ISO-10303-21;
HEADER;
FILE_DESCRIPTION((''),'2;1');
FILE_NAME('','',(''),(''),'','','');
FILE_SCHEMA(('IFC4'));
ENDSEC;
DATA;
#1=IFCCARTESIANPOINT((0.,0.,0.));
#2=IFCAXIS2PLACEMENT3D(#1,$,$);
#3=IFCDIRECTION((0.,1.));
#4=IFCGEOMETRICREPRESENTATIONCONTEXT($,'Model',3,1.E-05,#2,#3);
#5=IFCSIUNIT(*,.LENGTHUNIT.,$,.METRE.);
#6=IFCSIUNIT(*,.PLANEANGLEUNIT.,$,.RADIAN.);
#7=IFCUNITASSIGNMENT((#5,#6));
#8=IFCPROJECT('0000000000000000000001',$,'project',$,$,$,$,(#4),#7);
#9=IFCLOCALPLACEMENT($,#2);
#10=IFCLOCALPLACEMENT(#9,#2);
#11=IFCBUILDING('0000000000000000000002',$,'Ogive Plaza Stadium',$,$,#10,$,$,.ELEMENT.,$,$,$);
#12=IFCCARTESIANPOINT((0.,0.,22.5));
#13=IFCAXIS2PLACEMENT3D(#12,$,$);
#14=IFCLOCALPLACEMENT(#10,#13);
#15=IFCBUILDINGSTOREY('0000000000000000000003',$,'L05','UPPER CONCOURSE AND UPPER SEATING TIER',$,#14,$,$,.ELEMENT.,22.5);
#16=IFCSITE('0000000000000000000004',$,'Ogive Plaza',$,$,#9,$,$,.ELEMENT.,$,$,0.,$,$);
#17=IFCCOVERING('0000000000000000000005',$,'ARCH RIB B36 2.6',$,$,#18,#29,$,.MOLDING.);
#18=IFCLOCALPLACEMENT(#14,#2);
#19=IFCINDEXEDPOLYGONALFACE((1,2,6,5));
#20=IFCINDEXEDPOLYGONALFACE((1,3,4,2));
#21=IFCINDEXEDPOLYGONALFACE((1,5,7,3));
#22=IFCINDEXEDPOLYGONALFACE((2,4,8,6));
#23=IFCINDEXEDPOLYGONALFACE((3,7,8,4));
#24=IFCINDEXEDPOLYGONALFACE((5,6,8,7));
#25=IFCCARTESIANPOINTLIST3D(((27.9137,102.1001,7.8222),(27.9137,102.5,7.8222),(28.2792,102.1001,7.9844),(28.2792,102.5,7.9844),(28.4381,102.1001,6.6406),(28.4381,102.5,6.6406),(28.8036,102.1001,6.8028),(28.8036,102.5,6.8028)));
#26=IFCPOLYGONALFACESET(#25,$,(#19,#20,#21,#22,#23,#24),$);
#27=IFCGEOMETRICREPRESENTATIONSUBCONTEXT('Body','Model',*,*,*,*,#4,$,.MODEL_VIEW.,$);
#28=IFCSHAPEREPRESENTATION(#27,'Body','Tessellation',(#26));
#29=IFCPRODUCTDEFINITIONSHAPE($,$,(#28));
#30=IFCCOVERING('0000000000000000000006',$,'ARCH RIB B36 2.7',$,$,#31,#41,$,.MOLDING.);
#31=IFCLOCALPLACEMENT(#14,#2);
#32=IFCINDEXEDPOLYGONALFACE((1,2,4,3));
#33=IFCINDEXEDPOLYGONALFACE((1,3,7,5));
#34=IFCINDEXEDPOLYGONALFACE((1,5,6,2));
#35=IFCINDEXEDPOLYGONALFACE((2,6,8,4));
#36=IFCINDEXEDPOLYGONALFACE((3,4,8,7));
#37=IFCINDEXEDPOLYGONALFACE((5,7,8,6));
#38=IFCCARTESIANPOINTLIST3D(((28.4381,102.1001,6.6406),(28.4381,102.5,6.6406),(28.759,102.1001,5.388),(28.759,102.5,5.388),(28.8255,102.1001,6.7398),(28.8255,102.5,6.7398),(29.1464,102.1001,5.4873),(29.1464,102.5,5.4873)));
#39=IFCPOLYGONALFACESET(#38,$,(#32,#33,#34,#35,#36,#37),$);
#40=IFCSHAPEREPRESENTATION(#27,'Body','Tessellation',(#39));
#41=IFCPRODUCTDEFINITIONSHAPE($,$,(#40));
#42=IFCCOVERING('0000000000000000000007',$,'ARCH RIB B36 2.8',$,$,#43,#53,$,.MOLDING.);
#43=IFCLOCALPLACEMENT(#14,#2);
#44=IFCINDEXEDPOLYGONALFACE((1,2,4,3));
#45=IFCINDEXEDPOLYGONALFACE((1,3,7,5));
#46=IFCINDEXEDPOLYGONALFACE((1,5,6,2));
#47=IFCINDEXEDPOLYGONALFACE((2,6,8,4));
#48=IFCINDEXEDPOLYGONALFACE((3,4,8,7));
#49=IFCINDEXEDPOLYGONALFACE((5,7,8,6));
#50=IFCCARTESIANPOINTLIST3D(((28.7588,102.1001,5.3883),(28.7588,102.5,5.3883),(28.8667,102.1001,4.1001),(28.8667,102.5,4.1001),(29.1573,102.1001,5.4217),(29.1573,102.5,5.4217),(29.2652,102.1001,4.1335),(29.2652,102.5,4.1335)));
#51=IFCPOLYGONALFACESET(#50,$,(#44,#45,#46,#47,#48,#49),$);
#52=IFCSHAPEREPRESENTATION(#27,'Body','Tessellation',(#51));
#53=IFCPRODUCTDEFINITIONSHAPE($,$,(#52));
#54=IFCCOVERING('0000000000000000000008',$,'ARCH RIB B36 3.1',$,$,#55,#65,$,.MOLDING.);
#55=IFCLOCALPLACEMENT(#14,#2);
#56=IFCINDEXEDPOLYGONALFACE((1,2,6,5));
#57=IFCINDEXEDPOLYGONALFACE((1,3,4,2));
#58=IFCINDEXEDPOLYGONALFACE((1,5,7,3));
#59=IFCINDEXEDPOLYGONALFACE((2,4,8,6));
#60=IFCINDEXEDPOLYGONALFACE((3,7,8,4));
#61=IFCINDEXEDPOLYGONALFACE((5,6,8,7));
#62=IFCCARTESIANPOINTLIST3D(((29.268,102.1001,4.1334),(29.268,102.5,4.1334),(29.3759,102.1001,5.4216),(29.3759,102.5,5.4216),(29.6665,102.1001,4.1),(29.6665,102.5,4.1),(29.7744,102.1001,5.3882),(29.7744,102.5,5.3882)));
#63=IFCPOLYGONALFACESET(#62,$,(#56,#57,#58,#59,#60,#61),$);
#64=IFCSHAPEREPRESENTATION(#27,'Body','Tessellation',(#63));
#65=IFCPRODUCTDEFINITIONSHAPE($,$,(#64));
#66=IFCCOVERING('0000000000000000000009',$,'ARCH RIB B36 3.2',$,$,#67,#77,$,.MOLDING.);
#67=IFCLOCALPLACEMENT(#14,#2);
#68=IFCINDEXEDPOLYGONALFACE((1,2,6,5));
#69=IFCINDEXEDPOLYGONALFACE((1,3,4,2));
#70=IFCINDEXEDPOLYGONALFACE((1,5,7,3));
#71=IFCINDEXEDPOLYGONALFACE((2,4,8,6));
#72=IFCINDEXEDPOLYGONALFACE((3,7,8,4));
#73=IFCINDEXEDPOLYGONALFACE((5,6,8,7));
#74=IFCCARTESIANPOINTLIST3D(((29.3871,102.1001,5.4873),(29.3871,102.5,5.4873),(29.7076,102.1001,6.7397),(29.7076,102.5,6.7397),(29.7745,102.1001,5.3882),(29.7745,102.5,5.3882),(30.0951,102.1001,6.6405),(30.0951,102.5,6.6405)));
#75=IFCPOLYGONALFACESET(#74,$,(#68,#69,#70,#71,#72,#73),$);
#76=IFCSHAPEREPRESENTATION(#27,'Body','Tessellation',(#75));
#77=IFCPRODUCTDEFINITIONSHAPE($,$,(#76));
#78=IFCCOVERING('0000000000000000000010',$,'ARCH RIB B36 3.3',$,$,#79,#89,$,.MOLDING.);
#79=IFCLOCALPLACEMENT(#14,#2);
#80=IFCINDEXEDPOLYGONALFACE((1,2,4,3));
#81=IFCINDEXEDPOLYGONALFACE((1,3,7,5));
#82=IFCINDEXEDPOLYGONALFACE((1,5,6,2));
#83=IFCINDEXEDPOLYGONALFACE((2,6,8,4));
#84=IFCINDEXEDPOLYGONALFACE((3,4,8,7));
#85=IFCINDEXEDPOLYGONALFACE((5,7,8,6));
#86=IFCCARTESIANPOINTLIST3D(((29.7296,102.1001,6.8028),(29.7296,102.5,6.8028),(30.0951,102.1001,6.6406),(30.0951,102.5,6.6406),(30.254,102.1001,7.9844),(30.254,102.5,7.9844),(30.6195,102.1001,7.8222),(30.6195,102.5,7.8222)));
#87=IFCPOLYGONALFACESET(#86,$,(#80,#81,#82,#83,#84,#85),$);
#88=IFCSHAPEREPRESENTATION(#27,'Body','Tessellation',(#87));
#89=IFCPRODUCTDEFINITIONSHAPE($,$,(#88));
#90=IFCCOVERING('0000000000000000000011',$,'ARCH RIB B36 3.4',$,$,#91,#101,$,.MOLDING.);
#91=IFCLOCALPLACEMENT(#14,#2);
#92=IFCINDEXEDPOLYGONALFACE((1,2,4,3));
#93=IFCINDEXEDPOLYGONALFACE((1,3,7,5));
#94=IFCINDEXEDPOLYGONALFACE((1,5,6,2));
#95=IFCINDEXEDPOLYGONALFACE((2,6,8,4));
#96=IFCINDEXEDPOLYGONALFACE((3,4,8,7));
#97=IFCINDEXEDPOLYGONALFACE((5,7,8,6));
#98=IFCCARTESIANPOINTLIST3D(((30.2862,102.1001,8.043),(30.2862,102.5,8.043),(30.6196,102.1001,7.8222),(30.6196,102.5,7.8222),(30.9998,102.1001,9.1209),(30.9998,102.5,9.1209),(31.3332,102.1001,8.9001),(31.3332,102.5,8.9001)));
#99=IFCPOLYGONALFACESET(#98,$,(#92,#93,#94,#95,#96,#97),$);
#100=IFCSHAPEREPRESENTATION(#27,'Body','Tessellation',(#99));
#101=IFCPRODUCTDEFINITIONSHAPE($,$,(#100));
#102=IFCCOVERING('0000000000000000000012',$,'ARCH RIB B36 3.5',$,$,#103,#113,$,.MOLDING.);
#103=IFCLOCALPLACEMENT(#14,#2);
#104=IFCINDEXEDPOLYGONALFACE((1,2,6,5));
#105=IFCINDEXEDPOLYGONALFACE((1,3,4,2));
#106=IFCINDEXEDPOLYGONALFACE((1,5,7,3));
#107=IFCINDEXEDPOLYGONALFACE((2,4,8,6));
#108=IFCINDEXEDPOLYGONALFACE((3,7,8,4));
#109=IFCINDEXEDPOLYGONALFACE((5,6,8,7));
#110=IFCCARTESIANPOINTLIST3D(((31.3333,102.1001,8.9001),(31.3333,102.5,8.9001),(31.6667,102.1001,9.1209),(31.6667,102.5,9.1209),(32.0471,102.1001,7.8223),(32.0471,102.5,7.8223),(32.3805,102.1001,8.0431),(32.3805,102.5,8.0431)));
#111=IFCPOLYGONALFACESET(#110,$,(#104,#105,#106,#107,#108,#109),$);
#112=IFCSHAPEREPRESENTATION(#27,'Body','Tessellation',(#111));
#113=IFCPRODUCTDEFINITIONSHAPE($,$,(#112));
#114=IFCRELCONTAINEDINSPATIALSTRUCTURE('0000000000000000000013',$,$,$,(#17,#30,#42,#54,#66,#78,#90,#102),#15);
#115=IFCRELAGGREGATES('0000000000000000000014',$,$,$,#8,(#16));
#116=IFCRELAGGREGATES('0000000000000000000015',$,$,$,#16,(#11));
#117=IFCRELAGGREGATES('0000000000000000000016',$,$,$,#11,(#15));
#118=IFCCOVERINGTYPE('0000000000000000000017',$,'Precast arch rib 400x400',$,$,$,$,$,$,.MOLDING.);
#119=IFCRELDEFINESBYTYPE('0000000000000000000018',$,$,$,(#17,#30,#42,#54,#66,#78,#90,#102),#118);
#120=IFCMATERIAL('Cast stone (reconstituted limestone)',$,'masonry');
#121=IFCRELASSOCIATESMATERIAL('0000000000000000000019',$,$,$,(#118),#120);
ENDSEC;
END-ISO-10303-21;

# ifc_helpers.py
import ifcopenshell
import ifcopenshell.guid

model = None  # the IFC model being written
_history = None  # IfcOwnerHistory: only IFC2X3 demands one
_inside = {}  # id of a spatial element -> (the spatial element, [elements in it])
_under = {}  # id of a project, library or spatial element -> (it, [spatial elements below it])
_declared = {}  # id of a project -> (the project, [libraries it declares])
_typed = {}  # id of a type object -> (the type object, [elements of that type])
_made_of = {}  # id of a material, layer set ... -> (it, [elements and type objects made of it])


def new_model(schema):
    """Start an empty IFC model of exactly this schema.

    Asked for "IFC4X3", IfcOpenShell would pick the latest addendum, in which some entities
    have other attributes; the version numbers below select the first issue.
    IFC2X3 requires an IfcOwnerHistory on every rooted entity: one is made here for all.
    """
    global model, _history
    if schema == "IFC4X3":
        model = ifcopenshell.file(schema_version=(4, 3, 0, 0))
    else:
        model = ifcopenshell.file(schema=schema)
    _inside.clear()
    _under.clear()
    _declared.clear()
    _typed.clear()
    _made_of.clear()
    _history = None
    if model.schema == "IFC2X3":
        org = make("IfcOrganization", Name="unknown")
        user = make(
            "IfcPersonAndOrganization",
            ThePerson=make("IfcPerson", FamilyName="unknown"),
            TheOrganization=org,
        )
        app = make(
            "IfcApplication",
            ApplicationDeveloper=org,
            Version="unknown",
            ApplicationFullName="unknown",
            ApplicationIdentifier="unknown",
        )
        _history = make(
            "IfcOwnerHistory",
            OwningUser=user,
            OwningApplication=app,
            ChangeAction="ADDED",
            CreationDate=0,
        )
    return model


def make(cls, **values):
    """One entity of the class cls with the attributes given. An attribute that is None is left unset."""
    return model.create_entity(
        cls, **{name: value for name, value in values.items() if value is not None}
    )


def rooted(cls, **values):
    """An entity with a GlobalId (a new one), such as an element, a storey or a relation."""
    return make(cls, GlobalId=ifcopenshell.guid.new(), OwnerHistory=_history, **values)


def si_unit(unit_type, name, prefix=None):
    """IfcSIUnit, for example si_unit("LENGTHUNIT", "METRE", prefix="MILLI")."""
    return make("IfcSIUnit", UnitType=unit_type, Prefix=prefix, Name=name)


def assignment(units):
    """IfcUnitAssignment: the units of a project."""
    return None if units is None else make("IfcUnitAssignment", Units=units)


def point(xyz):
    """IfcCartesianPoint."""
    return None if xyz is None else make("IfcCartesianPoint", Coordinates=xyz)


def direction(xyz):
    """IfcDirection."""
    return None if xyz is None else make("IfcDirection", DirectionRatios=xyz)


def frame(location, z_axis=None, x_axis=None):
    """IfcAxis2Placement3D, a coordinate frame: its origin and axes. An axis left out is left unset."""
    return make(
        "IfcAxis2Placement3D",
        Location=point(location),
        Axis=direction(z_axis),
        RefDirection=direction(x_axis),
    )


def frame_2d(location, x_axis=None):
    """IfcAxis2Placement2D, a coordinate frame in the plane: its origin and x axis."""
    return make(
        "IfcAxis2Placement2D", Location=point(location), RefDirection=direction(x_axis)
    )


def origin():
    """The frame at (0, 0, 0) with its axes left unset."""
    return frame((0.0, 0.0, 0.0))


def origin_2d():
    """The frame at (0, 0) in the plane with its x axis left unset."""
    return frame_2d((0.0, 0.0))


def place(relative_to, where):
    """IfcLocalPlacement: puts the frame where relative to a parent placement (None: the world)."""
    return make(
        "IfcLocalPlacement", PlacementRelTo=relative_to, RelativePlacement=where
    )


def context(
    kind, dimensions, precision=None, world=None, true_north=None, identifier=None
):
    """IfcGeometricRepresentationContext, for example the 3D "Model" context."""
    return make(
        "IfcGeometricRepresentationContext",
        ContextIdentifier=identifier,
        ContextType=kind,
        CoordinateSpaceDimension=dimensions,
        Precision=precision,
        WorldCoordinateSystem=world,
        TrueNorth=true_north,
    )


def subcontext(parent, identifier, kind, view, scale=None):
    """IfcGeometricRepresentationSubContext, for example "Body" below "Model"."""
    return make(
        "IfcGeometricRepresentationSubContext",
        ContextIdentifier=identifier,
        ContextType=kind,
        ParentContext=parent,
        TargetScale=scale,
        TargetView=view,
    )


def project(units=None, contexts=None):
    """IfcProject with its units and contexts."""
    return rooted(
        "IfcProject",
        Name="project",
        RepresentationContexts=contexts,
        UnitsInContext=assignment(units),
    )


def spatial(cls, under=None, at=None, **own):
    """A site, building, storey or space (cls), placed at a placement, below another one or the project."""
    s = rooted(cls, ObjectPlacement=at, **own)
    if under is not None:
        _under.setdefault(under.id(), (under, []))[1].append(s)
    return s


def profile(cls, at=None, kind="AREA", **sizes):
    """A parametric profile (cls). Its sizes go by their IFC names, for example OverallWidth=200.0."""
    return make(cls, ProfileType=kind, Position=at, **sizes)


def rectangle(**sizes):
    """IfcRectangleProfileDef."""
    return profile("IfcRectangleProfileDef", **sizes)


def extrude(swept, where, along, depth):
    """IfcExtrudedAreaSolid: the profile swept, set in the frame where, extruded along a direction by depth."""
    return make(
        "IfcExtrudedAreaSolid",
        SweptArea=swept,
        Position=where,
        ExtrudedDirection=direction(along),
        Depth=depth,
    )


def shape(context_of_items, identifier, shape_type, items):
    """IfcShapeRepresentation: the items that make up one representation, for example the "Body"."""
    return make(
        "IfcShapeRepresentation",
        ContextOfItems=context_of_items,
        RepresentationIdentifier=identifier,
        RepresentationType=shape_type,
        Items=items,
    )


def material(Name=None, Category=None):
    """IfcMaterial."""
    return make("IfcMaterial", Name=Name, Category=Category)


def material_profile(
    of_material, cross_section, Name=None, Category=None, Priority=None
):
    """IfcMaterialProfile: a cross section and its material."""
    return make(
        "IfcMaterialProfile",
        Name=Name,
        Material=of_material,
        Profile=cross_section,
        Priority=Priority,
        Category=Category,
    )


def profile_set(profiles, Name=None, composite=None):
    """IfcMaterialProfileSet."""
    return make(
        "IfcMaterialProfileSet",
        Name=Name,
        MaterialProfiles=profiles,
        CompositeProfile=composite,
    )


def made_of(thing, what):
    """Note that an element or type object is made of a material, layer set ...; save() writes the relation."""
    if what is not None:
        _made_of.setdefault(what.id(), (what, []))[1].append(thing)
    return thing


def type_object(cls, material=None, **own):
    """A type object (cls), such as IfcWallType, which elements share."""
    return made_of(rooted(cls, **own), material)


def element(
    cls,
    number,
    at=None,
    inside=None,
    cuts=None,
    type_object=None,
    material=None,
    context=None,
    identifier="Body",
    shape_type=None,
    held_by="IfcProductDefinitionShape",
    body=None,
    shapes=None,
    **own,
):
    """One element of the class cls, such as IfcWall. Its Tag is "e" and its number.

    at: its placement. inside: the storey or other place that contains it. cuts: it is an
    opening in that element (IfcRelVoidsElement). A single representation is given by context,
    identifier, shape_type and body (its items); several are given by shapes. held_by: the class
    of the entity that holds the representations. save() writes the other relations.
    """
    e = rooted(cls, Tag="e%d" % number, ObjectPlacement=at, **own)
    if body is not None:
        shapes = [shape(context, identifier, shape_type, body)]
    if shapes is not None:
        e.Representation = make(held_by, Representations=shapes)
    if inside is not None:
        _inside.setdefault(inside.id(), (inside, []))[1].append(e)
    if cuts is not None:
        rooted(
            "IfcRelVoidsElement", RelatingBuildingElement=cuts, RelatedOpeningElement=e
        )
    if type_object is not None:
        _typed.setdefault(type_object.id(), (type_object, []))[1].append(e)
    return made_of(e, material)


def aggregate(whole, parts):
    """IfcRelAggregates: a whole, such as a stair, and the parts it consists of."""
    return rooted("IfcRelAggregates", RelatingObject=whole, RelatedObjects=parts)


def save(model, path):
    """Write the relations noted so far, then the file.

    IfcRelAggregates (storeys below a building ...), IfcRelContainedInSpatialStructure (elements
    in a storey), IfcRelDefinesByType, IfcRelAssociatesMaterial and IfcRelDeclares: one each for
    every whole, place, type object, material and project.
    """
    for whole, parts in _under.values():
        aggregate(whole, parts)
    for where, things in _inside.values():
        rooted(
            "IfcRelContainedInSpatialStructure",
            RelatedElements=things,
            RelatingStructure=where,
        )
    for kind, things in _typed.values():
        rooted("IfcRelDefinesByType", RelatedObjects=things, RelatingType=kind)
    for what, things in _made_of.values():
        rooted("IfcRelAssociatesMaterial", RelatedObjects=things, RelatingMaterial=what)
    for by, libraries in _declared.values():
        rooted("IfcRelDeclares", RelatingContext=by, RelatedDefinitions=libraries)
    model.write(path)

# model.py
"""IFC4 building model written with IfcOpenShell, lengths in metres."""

from ifc_helpers import new_model, si_unit, direction, frame, origin, origin_2d, place, context, subcontext, project, spatial, rectangle, extrude, material, material_profile, profile_set, type_object, element, save


model = new_model("IFC4")

# Units and contexts
model_context = context("Model", 3, precision=1e-05, world=origin(), true_north=direction((0.0, 1.0)))
body_context = subcontext(model_context, "Body", "Model", "MODEL_VIEW")
ifc_project = project(units=[si_unit("LENGTHUNIT", "METRE"), si_unit("PLANEANGLEUNIT", "RADIAN")], contexts=[model_context])

# Site, building, storey
site_placement = place(None, origin())
site = spatial("IfcSite", under=ifc_project, at=site_placement, Name="Ogive Plaza", CompositionType="ELEMENT", RefElevation=0.0)
building_placement = place(site_placement, origin())
building = spatial("IfcBuilding", under=site, at=building_placement, Name="Ogive Plaza Stadium", CompositionType="ELEMENT")
storey_placement = place(building_placement, frame((0.0, 0.0, 22.5)))
storey = spatial("IfcBuildingStorey", under=building, at=storey_placement, Name="L05", Description="UPPER CONCOURSE AND UPPER SEATING TIER", CompositionType="ELEMENT", Elevation=22.5)

# Coverings
ifc_material_1 = material(Name="Cast stone (reconstituted limestone)", Category="masonry")
ifc_material_profile_1 = material_profile(ifc_material_1, rectangle(XDim=0.3999, YDim=0.3999, at=origin_2d()), Name="Cast stone 400x400")
ifc_profile_set_1 = profile_set([ifc_material_profile_1], Name="Cast stone (reconstituted limestone)")
covering_type = type_object("IfcCoveringType", Name="Precast arch rib 400x400", PredefinedType="MOLDING", material=ifc_profile_set_1)
covering_1_placement = place(storey_placement, frame((28.0964, 102.3, 7.9033), z_axis=(0.405648, 0.0, -0.914029), x_axis=(0.0, 1.0, 0.0)))
element("IfcCovering", 1, at=covering_1_placement, inside=storey, type_object=covering_type, Name="ARCH RIB B36 2.6", PredefinedType="MOLDING", context=body_context, shape_type="SweptSolid", body=[
    extrude(rectangle(XDim=0.3999, YDim=0.3999, at=origin_2d()), origin(), (0.0, 0.0, 1.0), 1.2927),
])
covering_2_placement = place(storey_placement, frame((28.6318, 102.3, 6.6902), z_axis=(0.24813, 0.0, -0.968727), x_axis=(0.0, 1.0, 0.0)))
element("IfcCovering", 2, at=covering_2_placement, inside=storey, type_object=covering_type, Name="ARCH RIB B36 2.7", PredefinedType="MOLDING", context=body_context, shape_type="SweptSolid", body=[
    extrude(rectangle(XDim=0.3999, YDim=0.3999, at=origin_2d()), origin(), (0.0, 0.0, 1.0), 1.293),
])
for number, where, z_axis, x_axis, name in (
    (3, (28.958, 102.3, 5.405), (0.083467, 0.0, -0.996511), (0.0, 1.0, 0.0), "ARCH RIB B36 2.8"),
    (4, (29.4673, 102.3, 4.1167), (0.083467, 0.0, 0.996511), (0.0, 1.0, 0.0), "ARCH RIB B36 3.1"),
    (5, (29.5808, 102.3, 5.4377), (0.247953, 0.0, 0.968772), (0.0, 1.0, 0.0), "ARCH RIB B36 3.2"),
    (6, (29.9124, 102.3, 6.7217), (0.405648, 0.0, 0.914029), (0.0, 1.0, 0.0), "ARCH RIB B36 3.3"),
    (7, (30.4529, 102.3, 7.9326), (0.552039, 0.0, 0.833818), (0.0, 1.0, 0.0), "ARCH RIB B36 3.4"),
    (8, (31.5, 102.3, 9.0105), (0.55217, 0.0, -0.833731), (0.0, 1.0, 0.0), "ARCH RIB B36 3.5"),
):
    element("IfcCovering", number, at=place(storey_placement, frame(where, z_axis=z_axis, x_axis=x_axis)), inside=storey, type_object=covering_type, Name=name, PredefinedType="MOLDING", context=body_context, shape_type="SweptSolid", body=[
        extrude(rectangle(XDim=0.3999, YDim=0.3999, at=origin_2d()), origin(), (0.0, 0.0, 1.0), 1.2927),
    ])

save(model, "model.ifc")
